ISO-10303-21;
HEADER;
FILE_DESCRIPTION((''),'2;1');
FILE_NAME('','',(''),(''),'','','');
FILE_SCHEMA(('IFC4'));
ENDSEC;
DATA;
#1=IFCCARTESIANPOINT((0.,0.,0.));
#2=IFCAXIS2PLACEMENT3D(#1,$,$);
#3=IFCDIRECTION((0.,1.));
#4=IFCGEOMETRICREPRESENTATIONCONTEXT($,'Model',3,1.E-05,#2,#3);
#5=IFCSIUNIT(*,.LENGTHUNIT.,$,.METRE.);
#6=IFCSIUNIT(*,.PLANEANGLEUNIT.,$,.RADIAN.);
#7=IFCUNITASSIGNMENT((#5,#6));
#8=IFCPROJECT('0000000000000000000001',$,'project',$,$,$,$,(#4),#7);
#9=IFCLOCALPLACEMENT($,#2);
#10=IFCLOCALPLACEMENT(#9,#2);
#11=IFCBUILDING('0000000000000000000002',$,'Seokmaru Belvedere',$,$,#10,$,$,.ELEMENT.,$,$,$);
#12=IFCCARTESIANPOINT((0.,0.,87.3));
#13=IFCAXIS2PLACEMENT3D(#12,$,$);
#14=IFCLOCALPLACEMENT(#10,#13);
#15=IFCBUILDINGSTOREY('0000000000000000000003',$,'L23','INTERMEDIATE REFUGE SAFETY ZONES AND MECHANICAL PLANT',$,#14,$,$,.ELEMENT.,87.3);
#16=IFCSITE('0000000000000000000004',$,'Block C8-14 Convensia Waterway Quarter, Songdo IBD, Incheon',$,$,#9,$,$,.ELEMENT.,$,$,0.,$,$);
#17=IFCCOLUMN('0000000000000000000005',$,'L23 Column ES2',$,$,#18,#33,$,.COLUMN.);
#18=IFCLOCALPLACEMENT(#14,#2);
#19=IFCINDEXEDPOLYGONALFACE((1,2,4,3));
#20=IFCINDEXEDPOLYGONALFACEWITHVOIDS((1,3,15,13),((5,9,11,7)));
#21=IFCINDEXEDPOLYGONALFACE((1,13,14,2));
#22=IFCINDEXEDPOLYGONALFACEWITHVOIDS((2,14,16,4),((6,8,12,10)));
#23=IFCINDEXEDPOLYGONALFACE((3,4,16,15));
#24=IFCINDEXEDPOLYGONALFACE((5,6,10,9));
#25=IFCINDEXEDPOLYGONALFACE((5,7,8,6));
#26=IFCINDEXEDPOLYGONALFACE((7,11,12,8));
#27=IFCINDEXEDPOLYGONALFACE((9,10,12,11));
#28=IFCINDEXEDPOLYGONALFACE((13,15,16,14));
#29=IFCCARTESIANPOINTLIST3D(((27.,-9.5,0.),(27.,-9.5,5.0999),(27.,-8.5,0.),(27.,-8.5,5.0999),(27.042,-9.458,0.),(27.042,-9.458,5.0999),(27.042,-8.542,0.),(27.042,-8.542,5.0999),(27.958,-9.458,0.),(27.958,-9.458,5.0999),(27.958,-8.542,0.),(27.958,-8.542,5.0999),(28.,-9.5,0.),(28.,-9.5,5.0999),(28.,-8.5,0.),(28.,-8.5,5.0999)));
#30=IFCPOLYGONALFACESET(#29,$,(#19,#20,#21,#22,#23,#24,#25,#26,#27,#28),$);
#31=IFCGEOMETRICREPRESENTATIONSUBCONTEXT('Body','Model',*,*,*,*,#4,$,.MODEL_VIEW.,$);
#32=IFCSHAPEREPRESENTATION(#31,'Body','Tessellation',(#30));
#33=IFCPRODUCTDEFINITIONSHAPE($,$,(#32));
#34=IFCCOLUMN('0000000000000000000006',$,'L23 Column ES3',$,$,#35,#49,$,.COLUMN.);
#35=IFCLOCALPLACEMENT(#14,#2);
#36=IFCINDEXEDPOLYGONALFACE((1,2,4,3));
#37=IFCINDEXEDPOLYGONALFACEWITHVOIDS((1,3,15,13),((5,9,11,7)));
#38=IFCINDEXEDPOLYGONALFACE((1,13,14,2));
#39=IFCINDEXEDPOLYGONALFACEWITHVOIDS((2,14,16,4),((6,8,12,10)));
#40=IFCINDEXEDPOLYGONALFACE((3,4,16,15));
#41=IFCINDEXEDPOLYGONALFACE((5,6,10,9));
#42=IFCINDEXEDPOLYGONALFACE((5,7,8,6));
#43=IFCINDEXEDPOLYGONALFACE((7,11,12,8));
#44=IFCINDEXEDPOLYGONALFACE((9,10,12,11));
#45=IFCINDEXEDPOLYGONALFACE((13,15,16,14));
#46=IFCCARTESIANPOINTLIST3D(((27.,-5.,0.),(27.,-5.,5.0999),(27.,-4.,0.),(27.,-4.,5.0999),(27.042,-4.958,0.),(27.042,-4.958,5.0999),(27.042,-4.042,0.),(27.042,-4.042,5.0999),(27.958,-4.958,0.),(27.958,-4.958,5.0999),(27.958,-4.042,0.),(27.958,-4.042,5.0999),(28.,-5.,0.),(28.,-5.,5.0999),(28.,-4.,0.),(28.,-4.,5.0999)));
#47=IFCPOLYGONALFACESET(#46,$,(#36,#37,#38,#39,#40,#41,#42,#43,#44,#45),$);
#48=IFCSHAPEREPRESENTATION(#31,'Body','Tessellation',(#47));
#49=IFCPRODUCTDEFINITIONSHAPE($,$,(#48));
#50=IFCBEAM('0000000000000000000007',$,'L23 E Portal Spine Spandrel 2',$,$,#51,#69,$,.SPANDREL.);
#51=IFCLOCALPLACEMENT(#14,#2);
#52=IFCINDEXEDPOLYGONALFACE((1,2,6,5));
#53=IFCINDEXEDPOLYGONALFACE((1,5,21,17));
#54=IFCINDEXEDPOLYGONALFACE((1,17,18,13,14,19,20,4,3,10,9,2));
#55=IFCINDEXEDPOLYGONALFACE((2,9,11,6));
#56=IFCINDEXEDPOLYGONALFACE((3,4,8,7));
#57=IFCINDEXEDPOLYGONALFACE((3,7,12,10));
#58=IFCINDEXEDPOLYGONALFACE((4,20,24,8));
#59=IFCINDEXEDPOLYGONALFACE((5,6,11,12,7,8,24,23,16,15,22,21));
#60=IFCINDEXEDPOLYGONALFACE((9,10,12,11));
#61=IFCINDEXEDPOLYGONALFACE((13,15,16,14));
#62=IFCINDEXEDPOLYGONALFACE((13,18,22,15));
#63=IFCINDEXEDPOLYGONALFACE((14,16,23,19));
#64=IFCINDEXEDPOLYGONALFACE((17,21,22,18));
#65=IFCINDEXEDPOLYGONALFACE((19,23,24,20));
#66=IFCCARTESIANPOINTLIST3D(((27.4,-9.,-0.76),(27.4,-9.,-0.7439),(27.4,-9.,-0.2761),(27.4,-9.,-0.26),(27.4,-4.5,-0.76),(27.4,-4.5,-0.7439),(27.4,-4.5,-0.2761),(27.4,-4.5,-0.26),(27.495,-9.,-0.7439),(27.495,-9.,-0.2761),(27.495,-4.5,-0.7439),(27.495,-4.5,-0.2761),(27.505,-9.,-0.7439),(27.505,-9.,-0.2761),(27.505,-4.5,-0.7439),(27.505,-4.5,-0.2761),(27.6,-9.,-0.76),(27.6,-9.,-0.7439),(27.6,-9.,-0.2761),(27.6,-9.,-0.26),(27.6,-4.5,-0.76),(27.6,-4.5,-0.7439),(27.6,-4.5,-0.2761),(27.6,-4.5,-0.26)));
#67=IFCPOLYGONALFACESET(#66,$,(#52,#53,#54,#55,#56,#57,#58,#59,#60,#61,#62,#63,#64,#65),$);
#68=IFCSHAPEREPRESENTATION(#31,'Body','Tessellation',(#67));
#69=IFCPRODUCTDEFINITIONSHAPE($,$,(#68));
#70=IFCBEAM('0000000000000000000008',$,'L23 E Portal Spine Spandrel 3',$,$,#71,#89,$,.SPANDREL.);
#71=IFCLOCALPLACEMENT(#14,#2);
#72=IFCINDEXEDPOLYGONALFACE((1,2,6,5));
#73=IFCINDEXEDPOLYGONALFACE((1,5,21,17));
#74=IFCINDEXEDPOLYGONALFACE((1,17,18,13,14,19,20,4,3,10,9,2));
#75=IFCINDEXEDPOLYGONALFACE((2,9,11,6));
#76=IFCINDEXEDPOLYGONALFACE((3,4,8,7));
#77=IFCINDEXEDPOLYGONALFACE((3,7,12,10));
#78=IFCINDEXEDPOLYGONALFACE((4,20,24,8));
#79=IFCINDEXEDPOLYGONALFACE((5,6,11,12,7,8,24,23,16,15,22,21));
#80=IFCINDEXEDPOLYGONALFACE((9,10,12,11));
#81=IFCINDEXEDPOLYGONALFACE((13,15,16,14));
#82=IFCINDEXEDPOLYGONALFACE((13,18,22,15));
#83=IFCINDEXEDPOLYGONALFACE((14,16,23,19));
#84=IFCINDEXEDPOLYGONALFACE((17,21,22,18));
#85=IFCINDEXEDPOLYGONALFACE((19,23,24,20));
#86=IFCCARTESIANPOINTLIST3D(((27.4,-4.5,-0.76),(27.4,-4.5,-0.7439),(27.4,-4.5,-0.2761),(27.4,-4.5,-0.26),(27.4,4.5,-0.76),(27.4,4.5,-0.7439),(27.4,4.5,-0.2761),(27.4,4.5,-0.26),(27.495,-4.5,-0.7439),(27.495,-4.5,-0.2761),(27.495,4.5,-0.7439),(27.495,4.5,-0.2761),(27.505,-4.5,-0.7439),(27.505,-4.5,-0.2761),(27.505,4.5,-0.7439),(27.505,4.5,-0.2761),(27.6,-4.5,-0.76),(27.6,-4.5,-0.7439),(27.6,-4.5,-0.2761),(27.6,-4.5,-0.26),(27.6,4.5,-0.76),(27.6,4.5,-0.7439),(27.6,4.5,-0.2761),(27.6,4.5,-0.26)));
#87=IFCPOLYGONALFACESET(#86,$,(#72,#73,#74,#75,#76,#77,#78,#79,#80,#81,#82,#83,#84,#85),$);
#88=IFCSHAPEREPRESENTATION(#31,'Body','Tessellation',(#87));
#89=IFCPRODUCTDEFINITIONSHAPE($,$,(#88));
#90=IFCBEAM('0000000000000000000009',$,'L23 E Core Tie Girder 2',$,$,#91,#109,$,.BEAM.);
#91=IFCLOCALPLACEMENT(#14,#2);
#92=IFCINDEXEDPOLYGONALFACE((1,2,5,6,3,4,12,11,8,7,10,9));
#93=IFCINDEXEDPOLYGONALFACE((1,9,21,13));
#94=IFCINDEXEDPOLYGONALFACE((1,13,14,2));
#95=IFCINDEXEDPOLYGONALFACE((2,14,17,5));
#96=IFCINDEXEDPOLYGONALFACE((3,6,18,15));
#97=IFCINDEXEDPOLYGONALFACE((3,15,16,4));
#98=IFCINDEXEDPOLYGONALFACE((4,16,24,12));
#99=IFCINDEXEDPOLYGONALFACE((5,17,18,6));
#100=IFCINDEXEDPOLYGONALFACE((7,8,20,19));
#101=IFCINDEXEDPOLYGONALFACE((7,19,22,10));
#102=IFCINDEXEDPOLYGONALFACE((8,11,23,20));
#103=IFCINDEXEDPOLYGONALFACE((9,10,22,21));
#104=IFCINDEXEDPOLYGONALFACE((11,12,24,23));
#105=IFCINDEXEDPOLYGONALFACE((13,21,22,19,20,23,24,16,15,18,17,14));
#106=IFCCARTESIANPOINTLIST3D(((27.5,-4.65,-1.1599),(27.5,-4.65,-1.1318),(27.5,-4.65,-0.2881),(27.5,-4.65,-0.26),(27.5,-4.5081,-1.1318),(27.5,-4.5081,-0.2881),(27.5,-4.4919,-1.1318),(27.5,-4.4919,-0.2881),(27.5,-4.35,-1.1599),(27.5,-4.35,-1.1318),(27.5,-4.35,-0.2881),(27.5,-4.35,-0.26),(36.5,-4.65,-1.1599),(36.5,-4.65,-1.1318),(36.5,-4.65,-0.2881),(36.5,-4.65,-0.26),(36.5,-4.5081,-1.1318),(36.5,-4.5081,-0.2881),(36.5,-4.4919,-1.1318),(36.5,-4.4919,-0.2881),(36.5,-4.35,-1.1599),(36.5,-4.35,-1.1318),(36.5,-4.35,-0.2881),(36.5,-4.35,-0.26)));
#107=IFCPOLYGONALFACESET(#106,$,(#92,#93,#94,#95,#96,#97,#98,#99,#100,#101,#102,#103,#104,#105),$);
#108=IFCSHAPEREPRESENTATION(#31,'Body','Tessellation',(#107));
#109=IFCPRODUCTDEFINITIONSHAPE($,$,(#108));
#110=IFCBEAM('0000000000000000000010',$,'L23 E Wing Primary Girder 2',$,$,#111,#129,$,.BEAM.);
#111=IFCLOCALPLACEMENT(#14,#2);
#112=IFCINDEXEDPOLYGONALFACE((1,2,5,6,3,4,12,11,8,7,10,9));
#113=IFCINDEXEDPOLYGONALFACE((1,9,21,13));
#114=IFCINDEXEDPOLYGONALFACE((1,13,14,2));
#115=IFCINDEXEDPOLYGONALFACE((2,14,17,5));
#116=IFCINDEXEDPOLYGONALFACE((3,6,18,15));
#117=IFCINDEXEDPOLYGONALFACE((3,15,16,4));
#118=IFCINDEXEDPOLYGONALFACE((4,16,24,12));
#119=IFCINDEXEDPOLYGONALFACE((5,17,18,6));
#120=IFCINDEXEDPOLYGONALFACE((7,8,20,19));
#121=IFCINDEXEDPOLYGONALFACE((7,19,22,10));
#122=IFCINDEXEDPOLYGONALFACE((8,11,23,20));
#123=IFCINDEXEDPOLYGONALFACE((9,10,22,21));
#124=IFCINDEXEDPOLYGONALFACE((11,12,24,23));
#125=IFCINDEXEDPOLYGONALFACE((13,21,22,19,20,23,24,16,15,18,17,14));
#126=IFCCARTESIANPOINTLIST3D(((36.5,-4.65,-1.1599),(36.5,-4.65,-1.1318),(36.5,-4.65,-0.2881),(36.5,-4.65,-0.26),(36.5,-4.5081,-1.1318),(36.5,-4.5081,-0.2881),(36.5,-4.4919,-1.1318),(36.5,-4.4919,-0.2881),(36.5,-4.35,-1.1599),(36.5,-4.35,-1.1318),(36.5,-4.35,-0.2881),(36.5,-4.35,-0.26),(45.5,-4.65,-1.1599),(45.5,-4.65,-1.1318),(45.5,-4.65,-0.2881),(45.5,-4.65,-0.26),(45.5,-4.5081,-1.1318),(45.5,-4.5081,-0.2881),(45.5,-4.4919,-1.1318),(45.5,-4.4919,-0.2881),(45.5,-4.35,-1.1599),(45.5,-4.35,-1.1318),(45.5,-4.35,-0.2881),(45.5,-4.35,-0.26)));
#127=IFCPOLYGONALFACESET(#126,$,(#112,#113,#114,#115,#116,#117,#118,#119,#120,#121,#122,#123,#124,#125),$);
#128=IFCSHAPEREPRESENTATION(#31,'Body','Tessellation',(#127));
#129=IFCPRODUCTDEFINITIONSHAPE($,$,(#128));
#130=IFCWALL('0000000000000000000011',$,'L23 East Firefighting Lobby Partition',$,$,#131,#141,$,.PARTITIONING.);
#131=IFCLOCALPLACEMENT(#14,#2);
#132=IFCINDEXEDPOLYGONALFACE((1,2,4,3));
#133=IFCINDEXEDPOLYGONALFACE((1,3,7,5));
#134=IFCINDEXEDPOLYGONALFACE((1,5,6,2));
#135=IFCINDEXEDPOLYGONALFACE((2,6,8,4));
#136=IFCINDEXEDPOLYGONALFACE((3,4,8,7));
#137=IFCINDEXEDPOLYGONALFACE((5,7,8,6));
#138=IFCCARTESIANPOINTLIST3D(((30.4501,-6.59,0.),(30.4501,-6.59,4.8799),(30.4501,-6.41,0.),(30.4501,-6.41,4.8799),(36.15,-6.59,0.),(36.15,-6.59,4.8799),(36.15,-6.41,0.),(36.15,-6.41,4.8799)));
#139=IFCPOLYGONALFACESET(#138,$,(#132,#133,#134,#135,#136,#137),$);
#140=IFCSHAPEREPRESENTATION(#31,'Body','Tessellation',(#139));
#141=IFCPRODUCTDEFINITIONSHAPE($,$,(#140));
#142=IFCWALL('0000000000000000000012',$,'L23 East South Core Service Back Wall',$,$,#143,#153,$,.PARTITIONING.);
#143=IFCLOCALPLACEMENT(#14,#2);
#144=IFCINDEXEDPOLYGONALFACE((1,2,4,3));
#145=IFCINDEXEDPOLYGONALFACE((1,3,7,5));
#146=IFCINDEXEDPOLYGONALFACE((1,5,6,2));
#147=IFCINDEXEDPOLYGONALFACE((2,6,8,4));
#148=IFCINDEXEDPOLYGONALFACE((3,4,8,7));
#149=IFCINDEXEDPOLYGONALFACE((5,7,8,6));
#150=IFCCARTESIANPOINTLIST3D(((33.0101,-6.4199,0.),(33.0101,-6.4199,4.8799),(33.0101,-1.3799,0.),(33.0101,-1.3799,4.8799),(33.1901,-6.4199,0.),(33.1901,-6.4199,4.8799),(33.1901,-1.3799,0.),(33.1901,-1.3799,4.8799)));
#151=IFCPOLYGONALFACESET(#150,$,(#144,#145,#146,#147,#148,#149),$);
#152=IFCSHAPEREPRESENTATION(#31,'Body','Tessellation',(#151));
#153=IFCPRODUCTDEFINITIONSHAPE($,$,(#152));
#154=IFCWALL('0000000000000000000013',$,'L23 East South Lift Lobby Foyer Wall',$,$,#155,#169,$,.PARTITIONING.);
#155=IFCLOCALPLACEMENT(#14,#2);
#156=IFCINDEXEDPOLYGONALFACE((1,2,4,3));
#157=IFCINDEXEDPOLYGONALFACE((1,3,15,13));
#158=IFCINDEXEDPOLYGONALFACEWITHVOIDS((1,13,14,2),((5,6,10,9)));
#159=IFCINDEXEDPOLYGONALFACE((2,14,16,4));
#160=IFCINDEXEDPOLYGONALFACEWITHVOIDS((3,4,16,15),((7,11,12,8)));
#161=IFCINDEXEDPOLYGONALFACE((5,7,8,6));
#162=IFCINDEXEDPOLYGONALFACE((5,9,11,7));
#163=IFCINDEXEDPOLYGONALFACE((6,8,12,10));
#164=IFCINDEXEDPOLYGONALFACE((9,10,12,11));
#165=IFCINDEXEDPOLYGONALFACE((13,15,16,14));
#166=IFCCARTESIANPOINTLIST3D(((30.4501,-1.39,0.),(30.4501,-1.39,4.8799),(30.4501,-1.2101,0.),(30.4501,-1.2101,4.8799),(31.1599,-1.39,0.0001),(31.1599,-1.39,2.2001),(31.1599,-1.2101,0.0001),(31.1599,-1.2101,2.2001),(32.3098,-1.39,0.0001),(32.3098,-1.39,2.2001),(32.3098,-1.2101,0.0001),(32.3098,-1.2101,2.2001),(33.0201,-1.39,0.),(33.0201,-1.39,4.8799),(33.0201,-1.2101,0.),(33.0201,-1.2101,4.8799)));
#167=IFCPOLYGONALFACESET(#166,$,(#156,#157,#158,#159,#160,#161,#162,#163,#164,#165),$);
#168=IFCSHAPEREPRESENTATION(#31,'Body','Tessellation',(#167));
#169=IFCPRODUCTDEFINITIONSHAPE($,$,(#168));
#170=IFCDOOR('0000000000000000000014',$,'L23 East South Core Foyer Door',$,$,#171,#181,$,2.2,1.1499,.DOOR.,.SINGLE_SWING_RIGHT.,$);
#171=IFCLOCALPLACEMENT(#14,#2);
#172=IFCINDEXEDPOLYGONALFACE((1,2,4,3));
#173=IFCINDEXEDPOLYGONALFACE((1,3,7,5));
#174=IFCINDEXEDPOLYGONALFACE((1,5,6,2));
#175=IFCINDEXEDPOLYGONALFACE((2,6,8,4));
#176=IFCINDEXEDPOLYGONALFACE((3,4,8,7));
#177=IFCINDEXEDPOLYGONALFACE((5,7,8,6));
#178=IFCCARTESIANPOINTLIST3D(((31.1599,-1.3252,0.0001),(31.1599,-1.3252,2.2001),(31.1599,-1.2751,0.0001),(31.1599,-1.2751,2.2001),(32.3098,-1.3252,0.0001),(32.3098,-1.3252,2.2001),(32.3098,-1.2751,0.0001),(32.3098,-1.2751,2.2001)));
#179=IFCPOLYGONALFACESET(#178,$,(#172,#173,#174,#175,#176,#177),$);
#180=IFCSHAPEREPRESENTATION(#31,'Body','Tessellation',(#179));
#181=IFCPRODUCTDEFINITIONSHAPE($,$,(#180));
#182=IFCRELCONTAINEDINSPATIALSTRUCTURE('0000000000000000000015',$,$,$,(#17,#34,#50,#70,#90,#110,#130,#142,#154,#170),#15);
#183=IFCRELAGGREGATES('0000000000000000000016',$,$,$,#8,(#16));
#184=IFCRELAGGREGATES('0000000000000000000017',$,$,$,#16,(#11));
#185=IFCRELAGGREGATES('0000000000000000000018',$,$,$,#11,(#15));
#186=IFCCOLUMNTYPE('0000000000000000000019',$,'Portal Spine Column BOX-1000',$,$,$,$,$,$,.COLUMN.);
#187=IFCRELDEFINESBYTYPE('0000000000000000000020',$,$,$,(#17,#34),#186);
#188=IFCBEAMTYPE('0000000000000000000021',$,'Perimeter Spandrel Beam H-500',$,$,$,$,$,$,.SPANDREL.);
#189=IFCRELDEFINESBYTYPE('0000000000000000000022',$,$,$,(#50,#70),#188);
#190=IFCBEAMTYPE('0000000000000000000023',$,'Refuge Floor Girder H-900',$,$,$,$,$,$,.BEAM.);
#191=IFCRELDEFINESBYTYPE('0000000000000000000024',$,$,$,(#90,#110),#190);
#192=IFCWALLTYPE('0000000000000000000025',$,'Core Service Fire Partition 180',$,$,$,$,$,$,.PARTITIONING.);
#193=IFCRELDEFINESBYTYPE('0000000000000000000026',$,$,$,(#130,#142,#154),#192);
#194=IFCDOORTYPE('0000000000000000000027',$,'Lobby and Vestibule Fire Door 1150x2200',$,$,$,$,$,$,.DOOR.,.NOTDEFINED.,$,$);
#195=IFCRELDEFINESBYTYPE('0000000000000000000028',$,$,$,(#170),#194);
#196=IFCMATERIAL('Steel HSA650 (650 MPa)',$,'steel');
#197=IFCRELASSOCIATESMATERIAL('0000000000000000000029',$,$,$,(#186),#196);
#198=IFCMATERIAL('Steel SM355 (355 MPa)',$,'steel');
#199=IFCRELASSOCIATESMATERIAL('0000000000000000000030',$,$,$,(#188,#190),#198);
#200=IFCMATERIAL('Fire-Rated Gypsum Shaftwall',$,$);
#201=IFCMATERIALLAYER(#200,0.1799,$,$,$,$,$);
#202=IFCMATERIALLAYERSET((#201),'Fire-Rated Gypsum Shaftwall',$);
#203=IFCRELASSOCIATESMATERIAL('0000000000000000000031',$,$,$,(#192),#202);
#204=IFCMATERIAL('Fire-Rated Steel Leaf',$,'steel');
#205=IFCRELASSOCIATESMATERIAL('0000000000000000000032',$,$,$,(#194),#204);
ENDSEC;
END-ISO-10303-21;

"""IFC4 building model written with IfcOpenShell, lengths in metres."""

from ifc_helpers import new_model, si_unit, direction, frame, frame_2d, origin, origin_2d, place, context, subcontext, project, spatial, rectangle, hollow_rectangle, i_section, extrude, source, transform, mapped, material, layer, layer_set, material_profile, profile_set, type_object, type_shapes, element, fill, save


model = new_model("IFC4")

# Units and contexts
model_context = context("Model", 3, precision=1e-05, world=origin(), true_north=direction((0.0, 1.0)))
body_context = subcontext(model_context, "Body", "Model", "MODEL_VIEW")
ifc_project = project(units=[si_unit("LENGTHUNIT", "METRE"), si_unit("PLANEANGLEUNIT", "RADIAN")], contexts=[model_context])

# Site, building, storey
site_placement = place(None, origin())
site = spatial("IfcSite", under=ifc_project, at=site_placement, Name="Block C8-14 Convensia Waterway Quarter, Songdo IBD, Incheon", CompositionType="ELEMENT", RefElevation=0.0)
building_placement = place(site_placement, origin())
building = spatial("IfcBuilding", under=site, at=building_placement, Name="Seokmaru Belvedere", CompositionType="ELEMENT")
storey_placement = place(building_placement, frame((0.0, 0.0, 87.3)))
storey = spatial("IfcBuildingStorey", under=building, at=storey_placement, Name="L23", Description="INTERMEDIATE REFUGE SAFETY ZONES AND MECHANICAL PLANT", CompositionType="ELEMENT", Elevation=87.3)

# Columns
ifc_material_1 = material(Name="Steel HSA650 (650 MPa)", Category="steel")
ifc_material_profile_1 = material_profile(ifc_material_1, hollow_rectangle(XDim=1.0, YDim=1.0, WallThickness=0.042, at=origin_2d()), Name="BOX-1000x1000x42")
ifc_profile_set_1 = profile_set([ifc_material_profile_1], Name="Steel HSA650 (650 MPa)")
column_type = type_object("IfcColumnType", Name="Portal Spine Column BOX-1000", PredefinedType="COLUMN", material=ifc_profile_set_1)
shared_shape_1 = source(origin(), body_context, "Body", "SweptSolid", [
    extrude(hollow_rectangle(XDim=1.0, YDim=1.0, WallThickness=0.042, at=origin_2d()), origin(), (0.0, 0.0, 1.0), 5.0999),
])
type_shapes(column_type, [shared_shape_1])
for number, where, z_axis, x_axis, name in (
    (1, (27.5, -9.0, 0.0), (0.0, 0.0, 1.0), (1.0, 0.0, 0.0), "L23 Column ES2"),
    (2, (27.5, -4.5, 0.0), (0.0, 0.0, 1.0), (1.0, 0.0, 0.0), "L23 Column ES3"),
):
    element("IfcColumn", number, at=place(storey_placement, frame(where, z_axis=z_axis, x_axis=x_axis)), inside=storey, type_object=column_type, Name=name, PredefinedType="COLUMN", context=body_context, shape_type="MappedRepresentation", body=[
        mapped(shared_shape_1, transform((0.0, 0.0, 0.0), scale=1.0)),
    ])

# Beams
ifc_material_2 = material(Name="Steel SM355 (355 MPa)", Category="steel")
ifc_material_profile_2 = material_profile(ifc_material_2, i_section(OverallWidth=0.2, OverallDepth=0.5, WebThickness=0.01, FlangeThickness=0.0161, at=origin_2d()), Name="H-500x200x10x16")
ifc_profile_set_2 = profile_set([ifc_material_profile_2], Name="Steel SM355 (355 MPa)")
beam_type_1 = type_object("IfcBeamType", Name="Perimeter Spandrel Beam H-500", PredefinedType="SPANDREL", material=ifc_profile_set_2)
shared_shape_2 = source(origin(), body_context, "Body", "SweptSolid", [
    extrude(i_section(OverallWidth=0.2, OverallDepth=0.5, WebThickness=0.01, FlangeThickness=0.0161, at=origin_2d()), origin(), (0.0, 0.0, 1.0), 4.5),
])
beam_1_placement = place(storey_placement, frame((27.5, -9.0, -0.51), z_axis=(0.0, 1.0, 0.0), x_axis=(-1.0, 0.0, 0.0)))
element("IfcBeam", 3, at=beam_1_placement, inside=storey, type_object=beam_type_1, Name="L23 E Portal Spine Spandrel 2", PredefinedType="SPANDREL", context=body_context, shape_type="MappedRepresentation", body=[
    mapped(shared_shape_2, transform((0.0, 0.0, 0.0), scale=1.0)),
])
shared_shape_3 = source(origin(), body_context, "Body", "SweptSolid", [
    extrude(i_section(OverallWidth=0.2, OverallDepth=0.5, WebThickness=0.01, FlangeThickness=0.0161, at=origin_2d()), origin(), (0.0, 0.0, 1.0), 9.0),
])
type_shapes(beam_type_1, [shared_shape_2, shared_shape_3])
beam_2_placement = place(storey_placement, frame((27.5, -4.5, -0.51), z_axis=(0.0, 1.0, 0.0), x_axis=(-1.0, 0.0, 0.0)))
element("IfcBeam", 4, at=beam_2_placement, inside=storey, type_object=beam_type_1, Name="L23 E Portal Spine Spandrel 3", PredefinedType="SPANDREL", context=body_context, shape_type="MappedRepresentation", body=[
    mapped(shared_shape_3, transform((0.0, 0.0, 0.0), scale=1.0)),
])
ifc_material_profile_3 = material_profile(ifc_material_2, i_section(OverallWidth=0.3, OverallDepth=0.8999, WebThickness=0.0161, FlangeThickness=0.0281, at=origin_2d()), Name="H-900x300x16x28")
ifc_profile_set_3 = profile_set([ifc_material_profile_3], Name="Steel SM355 (355 MPa)")
beam_type_2 = type_object("IfcBeamType", Name="Refuge Floor Girder H-900", PredefinedType="BEAM", material=ifc_profile_set_3)
shared_shape_4 = source(origin(), body_context, "Body", "SweptSolid", [
    extrude(i_section(OverallWidth=0.3, OverallDepth=0.8999, WebThickness=0.0161, FlangeThickness=0.0281, at=origin_2d()), origin(), (0.0, 0.0, 1.0), 9.0),
])
type_shapes(beam_type_2, [shared_shape_4])
for number, where, z_axis, x_axis, name in (
    (5, (27.5, -4.5, -0.71), (1.0, 0.0, 0.0), (0.0, 1.0, 0.0), "L23 E Core Tie Girder 2"),
    (6, (36.5, -4.5, -0.71), (1.0, 0.0, 0.0), (0.0, 1.0, 0.0), "L23 E Wing Primary Girder 2"),
):
    element("IfcBeam", number, at=place(storey_placement, frame(where, z_axis=z_axis, x_axis=x_axis)), inside=storey, type_object=beam_type_2, Name=name, PredefinedType="BEAM", context=body_context, shape_type="MappedRepresentation", body=[
        mapped(shared_shape_4, transform((0.0, 0.0, 0.0), scale=1.0)),
    ])

# Walls
ifc_material_3 = material(Name="Fire-Rated Gypsum Shaftwall")
ifc_layer_1 = layer(ifc_material_3, 0.1799)
ifc_layer_set_1 = layer_set([ifc_layer_1], Name="Fire-Rated Gypsum Shaftwall")
wall_type_1 = type_object("IfcWallType", Name="Core Service Fire Partition 180", PredefinedType="PARTITIONING", material=ifc_layer_set_1)
wall_1_placement = place(storey_placement, frame((30.45, -6.5, 0.0), z_axis=(0.0, 0.0, 1.0), x_axis=(1.0, 0.0, 0.0)))
element("IfcWall", 7, at=wall_1_placement, inside=storey, type_object=wall_type_1, Name="L23 East Firefighting Lobby Partition", PredefinedType="PARTITIONING", context=body_context, shape_type="SweptSolid", body=[
    extrude(rectangle(XDim=5.7, YDim=0.1799, at=frame_2d((2.8501, 0.0))), origin(), (0.0, 0.0, 1.0), 4.8799),
])
wall_2_placement = place(storey_placement, frame((33.1001, -6.4199, 0.0), z_axis=(0.0, 0.0, 1.0), x_axis=(0.0, 1.0, 0.0)))
element("IfcWall", 8, at=wall_2_placement, inside=storey, type_object=wall_type_1, Name="L23 East South Core Service Back Wall", PredefinedType="PARTITIONING", context=body_context, shape_type="SweptSolid", body=[
    extrude(rectangle(XDim=5.04, YDim=0.1799, at=frame_2d((2.52, 0.0))), origin(), (0.0, 0.0, 1.0), 4.8799),
])

# Wall, opening, door
wall_3_placement = place(storey_placement, frame((30.45, -1.3, 0.0), z_axis=(0.0, 0.0, 1.0), x_axis=(1.0, 0.0, 0.0)))
wall_3 = element("IfcWall", 9, at=wall_3_placement, inside=storey, type_object=wall_type_1, Name="L23 East South Lift Lobby Foyer Wall", PredefinedType="PARTITIONING", context=body_context, shape_type="SweptSolid", body=[
    extrude(rectangle(XDim=2.5701, YDim=0.1799, at=frame_2d((1.2852, 0.0))), origin(), (0.0, 0.0, 1.0), 4.8799),
])
opening_1_placement = place(wall_3_placement, frame((0.71, 0.0, 0.0)))
opening_1 = element("IfcOpeningElement", 10, at=opening_1_placement, cuts=wall_3, PredefinedType="OPENING", context=body_context, shape_type="SweptSolid", body=[
    extrude(rectangle(XDim=1.1499, YDim=2.2, at=frame_2d((0.575, 1.1001))), frame((0.0, 0.1001, 0.0), z_axis=(0.0, -1.0, 0.0), x_axis=(1.0, 0.0, 0.0)), (0.0, 0.0, 1.0), 0.2),
])
ifc_material_4 = material(Name="Fire-Rated Steel Leaf", Category="steel")
door_type_1 = type_object("IfcDoorType", Name="Lobby and Vestibule Fire Door 1150x2200", OperationType="NOTDEFINED", PredefinedType="DOOR", material=ifc_material_4)
shared_shape_5 = source(origin(), body_context, "Body", "SweptSolid", [
    extrude(rectangle(XDim=1.1499, YDim=2.2, at=frame_2d((0.575, 1.1001))), frame((0.0, 0.0249, 0.0), z_axis=(0.0, -1.0, 0.0), x_axis=(1.0, 0.0, 0.0)), (0.0, 0.0, 1.0), 0.05),
])
type_shapes(door_type_1, [shared_shape_5])
door_1_placement = place(opening_1_placement, origin())
door_1 = element("IfcDoor", 11, at=door_1_placement, inside=storey, type_object=door_type_1, Name="L23 East South Core Foyer Door", OperationType="SINGLE_SWING_RIGHT", OverallHeight=2.2, OverallWidth=1.1499, PredefinedType="DOOR", context=body_context, shape_type="MappedRepresentation", body=[
    mapped(shared_shape_5, transform((0.0, 0.0, 0.0), scale=1.0)),
])
fill(opening_1, door_1)

save(model, "model.ifc")
